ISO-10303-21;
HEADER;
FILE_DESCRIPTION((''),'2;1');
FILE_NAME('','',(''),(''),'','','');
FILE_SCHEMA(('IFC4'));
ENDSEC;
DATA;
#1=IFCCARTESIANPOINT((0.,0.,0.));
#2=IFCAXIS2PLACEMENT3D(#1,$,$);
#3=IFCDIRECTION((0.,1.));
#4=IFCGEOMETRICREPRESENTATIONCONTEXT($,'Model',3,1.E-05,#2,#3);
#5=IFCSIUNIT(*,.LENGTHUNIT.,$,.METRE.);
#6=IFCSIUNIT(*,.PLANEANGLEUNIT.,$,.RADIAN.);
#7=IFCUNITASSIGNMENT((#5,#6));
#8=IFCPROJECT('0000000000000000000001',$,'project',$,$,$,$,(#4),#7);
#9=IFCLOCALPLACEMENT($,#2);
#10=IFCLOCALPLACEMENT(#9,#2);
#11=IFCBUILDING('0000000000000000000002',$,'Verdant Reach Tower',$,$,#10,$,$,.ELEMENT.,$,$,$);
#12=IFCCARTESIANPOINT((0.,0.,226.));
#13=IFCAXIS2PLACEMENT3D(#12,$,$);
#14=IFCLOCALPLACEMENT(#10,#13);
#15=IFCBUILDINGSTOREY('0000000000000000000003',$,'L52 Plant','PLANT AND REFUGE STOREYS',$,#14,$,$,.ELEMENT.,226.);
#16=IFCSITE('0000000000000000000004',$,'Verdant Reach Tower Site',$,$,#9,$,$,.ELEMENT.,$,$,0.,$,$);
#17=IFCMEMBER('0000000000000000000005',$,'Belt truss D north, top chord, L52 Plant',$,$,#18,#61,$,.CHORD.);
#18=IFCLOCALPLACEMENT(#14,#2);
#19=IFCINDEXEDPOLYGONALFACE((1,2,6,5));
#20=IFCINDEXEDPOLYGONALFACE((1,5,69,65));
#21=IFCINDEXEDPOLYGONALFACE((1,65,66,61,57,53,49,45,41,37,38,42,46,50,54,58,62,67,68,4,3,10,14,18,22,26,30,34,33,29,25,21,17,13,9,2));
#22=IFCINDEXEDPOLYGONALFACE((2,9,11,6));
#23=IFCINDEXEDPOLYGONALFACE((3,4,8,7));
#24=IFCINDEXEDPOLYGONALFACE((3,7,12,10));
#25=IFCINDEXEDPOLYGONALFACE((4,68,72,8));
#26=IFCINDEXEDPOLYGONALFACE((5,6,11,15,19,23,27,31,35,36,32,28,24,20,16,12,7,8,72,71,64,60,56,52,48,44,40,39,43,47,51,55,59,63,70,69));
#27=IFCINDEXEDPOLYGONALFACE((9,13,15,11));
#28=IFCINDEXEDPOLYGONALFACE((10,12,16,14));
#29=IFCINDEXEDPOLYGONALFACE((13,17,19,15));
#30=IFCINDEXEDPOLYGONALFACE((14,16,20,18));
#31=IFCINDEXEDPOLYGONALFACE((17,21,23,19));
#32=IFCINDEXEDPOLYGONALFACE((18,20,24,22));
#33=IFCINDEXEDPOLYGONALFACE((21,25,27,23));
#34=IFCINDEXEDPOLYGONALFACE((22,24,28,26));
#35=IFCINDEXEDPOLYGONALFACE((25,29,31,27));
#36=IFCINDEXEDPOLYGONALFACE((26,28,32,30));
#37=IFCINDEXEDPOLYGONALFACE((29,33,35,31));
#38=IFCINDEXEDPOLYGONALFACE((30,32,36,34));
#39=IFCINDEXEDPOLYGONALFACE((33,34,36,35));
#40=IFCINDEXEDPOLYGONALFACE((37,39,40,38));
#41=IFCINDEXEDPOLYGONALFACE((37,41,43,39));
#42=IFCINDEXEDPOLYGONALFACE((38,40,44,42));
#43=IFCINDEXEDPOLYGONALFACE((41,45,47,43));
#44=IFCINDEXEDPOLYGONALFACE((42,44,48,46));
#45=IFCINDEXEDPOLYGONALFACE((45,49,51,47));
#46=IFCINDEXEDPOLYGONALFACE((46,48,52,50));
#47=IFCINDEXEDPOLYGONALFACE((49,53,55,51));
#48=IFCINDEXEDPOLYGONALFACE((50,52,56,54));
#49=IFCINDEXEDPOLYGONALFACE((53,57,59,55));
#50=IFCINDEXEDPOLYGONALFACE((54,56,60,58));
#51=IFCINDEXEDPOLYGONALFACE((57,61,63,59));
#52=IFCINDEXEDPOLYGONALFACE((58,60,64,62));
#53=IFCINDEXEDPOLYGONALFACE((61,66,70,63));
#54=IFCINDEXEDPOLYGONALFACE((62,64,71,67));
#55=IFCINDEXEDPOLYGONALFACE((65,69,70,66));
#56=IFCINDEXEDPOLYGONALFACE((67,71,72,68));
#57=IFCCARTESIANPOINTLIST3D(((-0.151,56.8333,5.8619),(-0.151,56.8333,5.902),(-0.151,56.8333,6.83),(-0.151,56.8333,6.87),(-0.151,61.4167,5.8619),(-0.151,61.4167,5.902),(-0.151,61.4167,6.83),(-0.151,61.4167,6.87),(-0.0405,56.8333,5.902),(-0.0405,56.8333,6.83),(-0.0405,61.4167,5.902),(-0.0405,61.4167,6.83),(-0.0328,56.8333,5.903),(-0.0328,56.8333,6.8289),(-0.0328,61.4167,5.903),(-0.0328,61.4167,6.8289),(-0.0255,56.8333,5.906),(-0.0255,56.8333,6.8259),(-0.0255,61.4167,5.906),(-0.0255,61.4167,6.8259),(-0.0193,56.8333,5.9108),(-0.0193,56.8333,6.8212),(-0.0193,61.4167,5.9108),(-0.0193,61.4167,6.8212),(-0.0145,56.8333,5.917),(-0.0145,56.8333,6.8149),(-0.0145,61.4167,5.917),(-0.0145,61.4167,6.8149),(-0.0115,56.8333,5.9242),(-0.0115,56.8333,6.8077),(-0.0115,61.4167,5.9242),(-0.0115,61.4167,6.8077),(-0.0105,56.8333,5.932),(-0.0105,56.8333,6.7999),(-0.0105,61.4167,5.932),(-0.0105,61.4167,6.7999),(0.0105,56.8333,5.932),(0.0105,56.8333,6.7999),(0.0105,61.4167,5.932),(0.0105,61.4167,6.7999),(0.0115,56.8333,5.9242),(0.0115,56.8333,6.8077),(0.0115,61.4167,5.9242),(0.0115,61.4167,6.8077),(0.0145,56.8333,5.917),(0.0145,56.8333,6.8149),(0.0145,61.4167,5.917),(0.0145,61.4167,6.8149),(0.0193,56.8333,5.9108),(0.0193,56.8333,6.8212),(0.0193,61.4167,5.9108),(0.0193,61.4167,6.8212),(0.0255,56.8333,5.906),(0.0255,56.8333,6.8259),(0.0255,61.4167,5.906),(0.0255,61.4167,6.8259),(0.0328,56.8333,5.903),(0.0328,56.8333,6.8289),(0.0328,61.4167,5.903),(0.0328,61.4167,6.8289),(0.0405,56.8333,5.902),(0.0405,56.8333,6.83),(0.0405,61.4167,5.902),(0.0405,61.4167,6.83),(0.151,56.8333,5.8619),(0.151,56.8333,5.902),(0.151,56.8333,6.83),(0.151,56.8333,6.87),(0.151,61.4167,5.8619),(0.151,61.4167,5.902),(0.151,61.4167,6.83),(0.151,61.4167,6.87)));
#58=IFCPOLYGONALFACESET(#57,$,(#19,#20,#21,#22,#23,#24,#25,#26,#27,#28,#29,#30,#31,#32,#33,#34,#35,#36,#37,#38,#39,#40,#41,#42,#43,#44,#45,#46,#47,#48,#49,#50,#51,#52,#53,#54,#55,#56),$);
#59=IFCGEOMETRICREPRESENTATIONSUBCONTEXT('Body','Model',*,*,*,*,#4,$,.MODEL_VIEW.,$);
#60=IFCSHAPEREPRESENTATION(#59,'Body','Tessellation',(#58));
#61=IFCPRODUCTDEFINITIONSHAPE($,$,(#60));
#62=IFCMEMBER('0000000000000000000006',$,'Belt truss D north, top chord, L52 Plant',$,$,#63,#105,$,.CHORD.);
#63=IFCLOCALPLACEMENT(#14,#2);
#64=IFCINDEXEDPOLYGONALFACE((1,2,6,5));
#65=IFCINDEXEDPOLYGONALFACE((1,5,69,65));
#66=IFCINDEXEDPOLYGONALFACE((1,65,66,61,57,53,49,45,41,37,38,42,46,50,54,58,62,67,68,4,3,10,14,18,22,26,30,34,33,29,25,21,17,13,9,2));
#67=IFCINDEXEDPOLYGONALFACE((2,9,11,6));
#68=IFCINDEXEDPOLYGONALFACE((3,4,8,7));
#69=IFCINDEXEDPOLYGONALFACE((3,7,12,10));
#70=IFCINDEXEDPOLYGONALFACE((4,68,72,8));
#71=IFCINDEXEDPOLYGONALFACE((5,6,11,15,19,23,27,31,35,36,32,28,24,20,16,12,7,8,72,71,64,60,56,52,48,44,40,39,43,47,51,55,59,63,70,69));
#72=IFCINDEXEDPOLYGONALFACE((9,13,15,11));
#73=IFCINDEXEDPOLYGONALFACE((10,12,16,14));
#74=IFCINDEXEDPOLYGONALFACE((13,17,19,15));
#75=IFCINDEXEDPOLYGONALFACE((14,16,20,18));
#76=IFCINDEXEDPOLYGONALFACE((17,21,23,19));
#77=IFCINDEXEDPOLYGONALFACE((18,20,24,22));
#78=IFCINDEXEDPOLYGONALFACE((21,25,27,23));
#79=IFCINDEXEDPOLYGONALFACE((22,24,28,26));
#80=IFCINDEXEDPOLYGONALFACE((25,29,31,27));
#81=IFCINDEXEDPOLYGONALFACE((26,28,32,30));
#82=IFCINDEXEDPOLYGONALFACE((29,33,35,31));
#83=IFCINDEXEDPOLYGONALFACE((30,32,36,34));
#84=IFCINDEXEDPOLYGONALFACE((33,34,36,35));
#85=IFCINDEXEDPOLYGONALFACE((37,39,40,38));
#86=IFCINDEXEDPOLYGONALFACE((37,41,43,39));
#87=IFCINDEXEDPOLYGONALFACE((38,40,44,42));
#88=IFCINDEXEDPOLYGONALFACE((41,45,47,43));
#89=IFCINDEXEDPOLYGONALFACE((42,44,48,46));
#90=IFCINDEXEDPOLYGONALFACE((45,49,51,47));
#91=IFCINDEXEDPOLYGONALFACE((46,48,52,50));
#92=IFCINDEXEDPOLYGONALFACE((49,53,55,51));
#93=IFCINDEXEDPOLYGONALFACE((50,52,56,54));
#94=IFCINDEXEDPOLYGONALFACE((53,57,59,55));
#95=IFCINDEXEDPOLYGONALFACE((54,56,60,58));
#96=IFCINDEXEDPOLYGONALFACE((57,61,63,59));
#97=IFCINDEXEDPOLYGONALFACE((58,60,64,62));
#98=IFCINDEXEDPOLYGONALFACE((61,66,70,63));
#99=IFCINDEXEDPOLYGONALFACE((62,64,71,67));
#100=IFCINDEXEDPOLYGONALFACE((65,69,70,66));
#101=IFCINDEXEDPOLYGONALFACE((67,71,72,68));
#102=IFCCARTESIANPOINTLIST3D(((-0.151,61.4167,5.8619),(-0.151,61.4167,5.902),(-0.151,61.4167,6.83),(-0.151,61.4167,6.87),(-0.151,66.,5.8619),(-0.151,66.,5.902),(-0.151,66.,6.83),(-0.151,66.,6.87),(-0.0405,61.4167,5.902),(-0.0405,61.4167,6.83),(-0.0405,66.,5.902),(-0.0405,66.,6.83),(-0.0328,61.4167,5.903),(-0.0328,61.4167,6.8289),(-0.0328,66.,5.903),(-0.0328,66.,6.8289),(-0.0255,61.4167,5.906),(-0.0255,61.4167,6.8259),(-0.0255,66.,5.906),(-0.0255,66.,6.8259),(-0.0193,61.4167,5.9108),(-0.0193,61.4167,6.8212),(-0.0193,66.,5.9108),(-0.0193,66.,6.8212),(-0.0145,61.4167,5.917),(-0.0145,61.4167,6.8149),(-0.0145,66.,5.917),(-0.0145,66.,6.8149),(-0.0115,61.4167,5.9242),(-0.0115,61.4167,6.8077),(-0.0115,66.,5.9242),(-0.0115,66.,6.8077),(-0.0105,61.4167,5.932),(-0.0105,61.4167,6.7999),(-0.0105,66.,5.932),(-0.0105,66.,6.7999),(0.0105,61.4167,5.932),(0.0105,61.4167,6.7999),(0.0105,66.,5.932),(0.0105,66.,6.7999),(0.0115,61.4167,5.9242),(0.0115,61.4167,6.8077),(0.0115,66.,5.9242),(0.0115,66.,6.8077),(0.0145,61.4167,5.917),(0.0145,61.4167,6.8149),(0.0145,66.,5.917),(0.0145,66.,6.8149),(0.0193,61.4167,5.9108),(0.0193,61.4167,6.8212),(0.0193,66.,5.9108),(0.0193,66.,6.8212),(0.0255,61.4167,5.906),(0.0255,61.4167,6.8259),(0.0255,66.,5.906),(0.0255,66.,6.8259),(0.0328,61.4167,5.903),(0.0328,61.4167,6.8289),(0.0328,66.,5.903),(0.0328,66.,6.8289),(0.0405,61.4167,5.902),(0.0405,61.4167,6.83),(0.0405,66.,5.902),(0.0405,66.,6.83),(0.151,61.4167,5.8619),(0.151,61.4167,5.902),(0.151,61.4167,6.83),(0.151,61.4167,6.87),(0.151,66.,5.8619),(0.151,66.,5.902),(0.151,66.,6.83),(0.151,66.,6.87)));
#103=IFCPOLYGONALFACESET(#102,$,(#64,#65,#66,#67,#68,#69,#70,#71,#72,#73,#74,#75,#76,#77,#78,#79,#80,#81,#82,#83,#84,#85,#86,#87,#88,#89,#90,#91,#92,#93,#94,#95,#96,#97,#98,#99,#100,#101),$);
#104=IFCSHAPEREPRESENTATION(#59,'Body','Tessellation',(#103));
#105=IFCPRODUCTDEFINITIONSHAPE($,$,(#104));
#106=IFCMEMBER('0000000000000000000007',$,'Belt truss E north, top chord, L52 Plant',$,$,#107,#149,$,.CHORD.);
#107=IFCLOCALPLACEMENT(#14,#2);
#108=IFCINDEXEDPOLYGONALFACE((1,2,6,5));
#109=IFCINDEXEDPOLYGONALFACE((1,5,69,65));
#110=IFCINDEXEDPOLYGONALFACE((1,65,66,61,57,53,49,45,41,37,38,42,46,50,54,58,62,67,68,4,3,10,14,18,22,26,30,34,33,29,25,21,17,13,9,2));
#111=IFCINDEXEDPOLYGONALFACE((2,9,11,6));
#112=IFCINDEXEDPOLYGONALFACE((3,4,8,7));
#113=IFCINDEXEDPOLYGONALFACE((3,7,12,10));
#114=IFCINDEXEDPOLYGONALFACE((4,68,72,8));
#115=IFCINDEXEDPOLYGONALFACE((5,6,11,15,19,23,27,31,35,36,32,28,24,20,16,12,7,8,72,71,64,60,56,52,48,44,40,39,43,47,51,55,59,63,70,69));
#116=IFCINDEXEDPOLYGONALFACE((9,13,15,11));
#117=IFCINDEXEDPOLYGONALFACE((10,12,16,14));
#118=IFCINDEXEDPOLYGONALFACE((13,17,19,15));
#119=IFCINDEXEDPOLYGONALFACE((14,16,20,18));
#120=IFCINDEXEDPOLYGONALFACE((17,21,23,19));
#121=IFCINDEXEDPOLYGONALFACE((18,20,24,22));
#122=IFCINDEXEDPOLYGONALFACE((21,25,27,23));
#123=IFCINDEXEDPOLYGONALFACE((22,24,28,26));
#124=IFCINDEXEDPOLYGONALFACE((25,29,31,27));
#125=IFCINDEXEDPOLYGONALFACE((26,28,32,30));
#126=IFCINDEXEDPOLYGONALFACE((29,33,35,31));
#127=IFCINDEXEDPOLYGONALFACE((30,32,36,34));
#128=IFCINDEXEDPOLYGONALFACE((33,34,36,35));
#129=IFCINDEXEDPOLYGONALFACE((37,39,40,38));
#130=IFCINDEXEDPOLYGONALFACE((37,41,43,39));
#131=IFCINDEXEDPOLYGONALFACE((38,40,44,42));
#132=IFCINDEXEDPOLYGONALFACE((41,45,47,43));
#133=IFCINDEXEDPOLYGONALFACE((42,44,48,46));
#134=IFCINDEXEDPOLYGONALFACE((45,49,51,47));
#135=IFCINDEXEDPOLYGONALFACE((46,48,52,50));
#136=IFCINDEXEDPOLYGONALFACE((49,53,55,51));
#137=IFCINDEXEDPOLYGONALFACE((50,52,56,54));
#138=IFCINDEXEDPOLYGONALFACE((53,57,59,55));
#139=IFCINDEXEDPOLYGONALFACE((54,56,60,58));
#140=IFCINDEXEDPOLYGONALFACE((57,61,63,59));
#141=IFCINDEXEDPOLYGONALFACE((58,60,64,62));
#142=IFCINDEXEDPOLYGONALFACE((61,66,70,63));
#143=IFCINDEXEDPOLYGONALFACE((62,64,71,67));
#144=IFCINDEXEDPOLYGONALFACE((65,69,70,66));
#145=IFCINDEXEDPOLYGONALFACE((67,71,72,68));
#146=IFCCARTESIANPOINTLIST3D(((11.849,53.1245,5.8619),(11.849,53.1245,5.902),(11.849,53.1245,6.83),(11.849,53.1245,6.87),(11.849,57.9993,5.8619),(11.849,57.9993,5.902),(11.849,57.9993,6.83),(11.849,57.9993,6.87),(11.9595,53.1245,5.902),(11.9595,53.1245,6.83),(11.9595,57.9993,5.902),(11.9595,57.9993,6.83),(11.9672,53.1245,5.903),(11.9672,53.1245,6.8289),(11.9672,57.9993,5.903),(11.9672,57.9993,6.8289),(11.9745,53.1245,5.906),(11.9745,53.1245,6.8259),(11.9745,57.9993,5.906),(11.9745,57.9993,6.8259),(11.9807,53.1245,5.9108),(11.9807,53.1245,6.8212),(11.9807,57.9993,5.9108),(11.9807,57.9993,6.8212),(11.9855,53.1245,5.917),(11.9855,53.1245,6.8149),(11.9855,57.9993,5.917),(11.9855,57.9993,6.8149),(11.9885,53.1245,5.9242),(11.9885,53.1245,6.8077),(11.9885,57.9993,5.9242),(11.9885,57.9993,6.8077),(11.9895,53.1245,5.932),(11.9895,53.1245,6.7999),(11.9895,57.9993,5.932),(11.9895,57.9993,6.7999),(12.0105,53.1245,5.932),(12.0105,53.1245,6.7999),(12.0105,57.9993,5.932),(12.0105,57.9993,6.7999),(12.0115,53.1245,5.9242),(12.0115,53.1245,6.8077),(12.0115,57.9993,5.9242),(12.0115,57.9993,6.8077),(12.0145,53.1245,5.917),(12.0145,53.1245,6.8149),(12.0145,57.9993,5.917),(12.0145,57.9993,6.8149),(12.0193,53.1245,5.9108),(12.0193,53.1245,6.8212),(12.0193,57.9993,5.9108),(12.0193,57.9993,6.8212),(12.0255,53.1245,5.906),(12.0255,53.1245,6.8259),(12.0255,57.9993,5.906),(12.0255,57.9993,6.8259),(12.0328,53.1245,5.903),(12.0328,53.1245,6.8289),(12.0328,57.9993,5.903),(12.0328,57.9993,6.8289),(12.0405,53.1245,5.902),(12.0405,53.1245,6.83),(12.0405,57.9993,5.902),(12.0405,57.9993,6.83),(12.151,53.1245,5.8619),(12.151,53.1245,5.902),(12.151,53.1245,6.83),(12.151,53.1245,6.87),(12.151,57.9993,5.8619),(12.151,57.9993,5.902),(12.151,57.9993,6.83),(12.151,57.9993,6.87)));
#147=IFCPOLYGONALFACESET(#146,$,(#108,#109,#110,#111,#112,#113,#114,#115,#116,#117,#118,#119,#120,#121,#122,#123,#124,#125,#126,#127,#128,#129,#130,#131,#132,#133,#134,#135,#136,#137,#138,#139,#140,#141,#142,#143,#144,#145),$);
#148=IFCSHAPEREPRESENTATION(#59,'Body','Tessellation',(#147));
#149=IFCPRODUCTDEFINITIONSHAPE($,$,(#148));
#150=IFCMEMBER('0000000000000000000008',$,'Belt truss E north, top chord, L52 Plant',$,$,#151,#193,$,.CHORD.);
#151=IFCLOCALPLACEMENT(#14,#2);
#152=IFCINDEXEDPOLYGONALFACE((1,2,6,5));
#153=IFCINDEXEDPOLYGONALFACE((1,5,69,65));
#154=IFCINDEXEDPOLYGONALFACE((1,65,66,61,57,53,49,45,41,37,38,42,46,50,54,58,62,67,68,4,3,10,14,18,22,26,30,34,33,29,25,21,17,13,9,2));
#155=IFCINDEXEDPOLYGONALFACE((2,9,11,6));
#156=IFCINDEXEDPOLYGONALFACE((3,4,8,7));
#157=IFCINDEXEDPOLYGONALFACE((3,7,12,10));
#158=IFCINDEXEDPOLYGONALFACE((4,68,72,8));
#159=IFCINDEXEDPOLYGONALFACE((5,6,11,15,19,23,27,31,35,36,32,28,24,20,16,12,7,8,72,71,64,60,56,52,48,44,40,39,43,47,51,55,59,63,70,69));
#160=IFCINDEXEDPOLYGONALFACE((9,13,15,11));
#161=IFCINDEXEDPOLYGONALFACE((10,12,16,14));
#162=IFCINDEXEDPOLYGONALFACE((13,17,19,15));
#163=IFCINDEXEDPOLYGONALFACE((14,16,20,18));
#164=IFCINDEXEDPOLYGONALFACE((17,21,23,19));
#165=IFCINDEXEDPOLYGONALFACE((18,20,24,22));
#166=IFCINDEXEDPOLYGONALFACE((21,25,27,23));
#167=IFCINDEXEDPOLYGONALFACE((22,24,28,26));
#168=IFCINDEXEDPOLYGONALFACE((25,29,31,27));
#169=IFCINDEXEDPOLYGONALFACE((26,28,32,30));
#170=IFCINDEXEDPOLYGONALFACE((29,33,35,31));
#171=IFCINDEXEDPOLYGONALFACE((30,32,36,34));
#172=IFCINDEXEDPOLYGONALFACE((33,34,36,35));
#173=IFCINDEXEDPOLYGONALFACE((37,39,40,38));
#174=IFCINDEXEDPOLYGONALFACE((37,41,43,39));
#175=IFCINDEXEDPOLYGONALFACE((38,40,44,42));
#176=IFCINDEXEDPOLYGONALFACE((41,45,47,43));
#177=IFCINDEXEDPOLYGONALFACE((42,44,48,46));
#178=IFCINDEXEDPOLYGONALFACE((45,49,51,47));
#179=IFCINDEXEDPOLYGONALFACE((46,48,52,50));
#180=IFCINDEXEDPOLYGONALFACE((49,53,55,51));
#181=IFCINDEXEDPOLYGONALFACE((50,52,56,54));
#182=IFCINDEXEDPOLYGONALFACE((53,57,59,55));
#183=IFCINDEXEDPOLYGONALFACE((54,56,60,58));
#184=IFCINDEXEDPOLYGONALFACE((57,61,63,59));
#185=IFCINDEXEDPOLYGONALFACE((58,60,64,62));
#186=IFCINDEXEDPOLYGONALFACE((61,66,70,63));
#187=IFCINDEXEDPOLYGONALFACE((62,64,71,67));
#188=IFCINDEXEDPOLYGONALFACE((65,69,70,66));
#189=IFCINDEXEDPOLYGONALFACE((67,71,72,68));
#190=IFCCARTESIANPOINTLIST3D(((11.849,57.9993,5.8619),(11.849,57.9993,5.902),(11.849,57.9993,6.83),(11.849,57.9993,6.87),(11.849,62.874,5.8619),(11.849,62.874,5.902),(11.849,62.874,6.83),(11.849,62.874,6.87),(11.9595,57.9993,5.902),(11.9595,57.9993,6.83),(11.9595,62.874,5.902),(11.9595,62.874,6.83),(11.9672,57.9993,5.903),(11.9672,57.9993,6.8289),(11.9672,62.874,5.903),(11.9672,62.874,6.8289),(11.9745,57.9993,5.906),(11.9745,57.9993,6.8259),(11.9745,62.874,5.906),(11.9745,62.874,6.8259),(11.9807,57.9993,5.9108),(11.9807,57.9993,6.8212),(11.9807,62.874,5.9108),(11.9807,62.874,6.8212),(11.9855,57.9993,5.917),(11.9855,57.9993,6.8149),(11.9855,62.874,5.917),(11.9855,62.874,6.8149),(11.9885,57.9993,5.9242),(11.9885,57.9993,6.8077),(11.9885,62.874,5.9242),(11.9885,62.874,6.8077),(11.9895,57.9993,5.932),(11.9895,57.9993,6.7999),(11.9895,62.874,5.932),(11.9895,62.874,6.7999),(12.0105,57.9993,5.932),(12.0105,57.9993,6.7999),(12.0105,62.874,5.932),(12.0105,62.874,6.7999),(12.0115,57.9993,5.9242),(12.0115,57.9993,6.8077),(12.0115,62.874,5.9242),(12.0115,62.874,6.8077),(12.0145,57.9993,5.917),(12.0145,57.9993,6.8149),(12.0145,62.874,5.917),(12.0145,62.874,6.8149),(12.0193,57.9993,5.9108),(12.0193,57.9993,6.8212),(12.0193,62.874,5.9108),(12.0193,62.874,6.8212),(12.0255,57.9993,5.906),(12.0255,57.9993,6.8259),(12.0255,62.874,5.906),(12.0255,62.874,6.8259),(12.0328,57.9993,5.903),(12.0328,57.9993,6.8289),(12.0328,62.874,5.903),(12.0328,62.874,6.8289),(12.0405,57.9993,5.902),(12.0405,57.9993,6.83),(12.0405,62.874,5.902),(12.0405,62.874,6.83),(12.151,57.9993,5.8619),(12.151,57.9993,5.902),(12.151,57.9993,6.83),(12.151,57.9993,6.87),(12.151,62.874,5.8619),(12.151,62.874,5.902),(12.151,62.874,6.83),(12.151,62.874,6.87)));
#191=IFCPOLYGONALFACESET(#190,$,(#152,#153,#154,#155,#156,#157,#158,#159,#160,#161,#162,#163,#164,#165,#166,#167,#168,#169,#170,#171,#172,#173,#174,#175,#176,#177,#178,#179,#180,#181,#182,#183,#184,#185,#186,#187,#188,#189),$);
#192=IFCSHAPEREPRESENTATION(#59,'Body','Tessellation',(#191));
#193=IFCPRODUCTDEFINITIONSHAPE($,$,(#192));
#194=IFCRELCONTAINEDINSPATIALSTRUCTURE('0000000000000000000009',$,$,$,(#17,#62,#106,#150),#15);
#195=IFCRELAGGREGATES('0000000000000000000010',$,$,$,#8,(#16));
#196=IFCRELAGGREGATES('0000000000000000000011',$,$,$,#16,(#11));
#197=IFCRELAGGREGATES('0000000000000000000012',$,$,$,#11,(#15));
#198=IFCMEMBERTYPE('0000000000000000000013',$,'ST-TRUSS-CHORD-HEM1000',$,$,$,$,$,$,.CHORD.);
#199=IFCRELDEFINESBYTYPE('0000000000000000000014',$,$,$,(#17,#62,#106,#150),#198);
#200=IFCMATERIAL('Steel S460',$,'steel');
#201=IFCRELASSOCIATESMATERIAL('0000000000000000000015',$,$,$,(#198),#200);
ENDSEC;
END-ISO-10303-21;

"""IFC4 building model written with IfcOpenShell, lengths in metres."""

from ifc_helpers import new_model, si_unit, direction, frame, origin, origin_2d, place, context, subcontext, project, spatial, i_section, extrude, material, material_profile, profile_set, type_object, element, save


model = new_model("IFC4")

# Units and contexts
model_context = context("Model", 3, precision=1e-05, world=origin(), true_north=direction((0.0, 1.0)))
body_context = subcontext(model_context, "Body", "Model", "MODEL_VIEW")
ifc_project = project(units=[si_unit("LENGTHUNIT", "METRE"), si_unit("PLANEANGLEUNIT", "RADIAN")], contexts=[model_context])

# Site, building, storey
site_placement = place(None, origin())
site = spatial("IfcSite", under=ifc_project, at=site_placement, Name="Verdant Reach Tower Site", CompositionType="ELEMENT", RefElevation=0.0)
building_placement = place(site_placement, origin())
building = spatial("IfcBuilding", under=site, at=building_placement, Name="Verdant Reach Tower", CompositionType="ELEMENT")
storey_placement = place(building_placement, frame((0.0, 0.0, 226.0)))
storey = spatial("IfcBuildingStorey", under=building, at=storey_placement, Name="L52 Plant", Description="PLANT AND REFUGE STOREYS", CompositionType="ELEMENT", Elevation=226.0)

# Shared definitions
ifc_material_1 = material(Name="Steel S460", Category="steel")

# Members
ifc_material_profile_1 = material_profile(ifc_material_1, i_section(OverallWidth=0.302, OverallDepth=1.0081, WebThickness=0.021, FlangeThickness=0.04, FilletRadius=0.03, at=origin_2d()), Name="HEM 1000")
ifc_profile_set_1 = profile_set([ifc_material_profile_1], Name="Steel S460")
member_type_1 = type_object("IfcMemberType", Name="ST-TRUSS-CHORD-HEM1000", PredefinedType="CHORD", material=ifc_profile_set_1)
member_1_placement = place(storey_placement, frame((0.0, 56.8333, 6.366), z_axis=(0.0, 1.0, 0.0), x_axis=(-1.0, 0.0, 0.0)))
element("IfcMember", 1, at=member_1_placement, inside=storey, type_object=member_type_1, Name="Belt truss D north, top chord, L52 Plant", PredefinedType="CHORD", context=body_context, shape_type="SweptSolid", body=[
    extrude(i_section(OverallWidth=0.302, OverallDepth=1.0081, WebThickness=0.021, FlangeThickness=0.04, FilletRadius=0.03, at=origin_2d()), origin(), (0.0, 0.0, 1.0), 4.5835),
])
member_2_placement = place(storey_placement, frame((0.0, 61.4167, 6.366), z_axis=(0.0, 1.0, 0.0), x_axis=(-1.0, 0.0, 0.0)))
element("IfcMember", 2, at=member_2_placement, inside=storey, type_object=member_type_1, Name="Belt truss D north, top chord, L52 Plant", PredefinedType="CHORD", context=body_context, shape_type="SweptSolid", body=[
    extrude(i_section(OverallWidth=0.302, OverallDepth=1.0081, WebThickness=0.021, FlangeThickness=0.04, FilletRadius=0.03, at=origin_2d()), origin(), (0.0, 0.0, 1.0), 4.5833),
])
for number, where, z_axis, x_axis, name in (
    (3, (12.0, 53.1245, 6.366), (0.0, 1.0, 0.0), (-1.0, 0.0, 0.0), "Belt truss E north, top chord, L52 Plant"),
    (4, (12.0, 57.9993, 6.366), (0.0, 1.0, 0.0), (-1.0, 0.0, 0.0), "Belt truss E north, top chord, L52 Plant"),
):
    element("IfcMember", number, at=place(storey_placement, frame(where, z_axis=z_axis, x_axis=x_axis)), inside=storey, type_object=member_type_1, Name=name, PredefinedType="CHORD", context=body_context, shape_type="SweptSolid", body=[
        extrude(i_section(OverallWidth=0.302, OverallDepth=1.0081, WebThickness=0.021, FlangeThickness=0.04, FilletRadius=0.03, at=origin_2d()), origin(), (0.0, 0.0, 1.0), 4.8748),
    ])

save(model, "model.ifc")
